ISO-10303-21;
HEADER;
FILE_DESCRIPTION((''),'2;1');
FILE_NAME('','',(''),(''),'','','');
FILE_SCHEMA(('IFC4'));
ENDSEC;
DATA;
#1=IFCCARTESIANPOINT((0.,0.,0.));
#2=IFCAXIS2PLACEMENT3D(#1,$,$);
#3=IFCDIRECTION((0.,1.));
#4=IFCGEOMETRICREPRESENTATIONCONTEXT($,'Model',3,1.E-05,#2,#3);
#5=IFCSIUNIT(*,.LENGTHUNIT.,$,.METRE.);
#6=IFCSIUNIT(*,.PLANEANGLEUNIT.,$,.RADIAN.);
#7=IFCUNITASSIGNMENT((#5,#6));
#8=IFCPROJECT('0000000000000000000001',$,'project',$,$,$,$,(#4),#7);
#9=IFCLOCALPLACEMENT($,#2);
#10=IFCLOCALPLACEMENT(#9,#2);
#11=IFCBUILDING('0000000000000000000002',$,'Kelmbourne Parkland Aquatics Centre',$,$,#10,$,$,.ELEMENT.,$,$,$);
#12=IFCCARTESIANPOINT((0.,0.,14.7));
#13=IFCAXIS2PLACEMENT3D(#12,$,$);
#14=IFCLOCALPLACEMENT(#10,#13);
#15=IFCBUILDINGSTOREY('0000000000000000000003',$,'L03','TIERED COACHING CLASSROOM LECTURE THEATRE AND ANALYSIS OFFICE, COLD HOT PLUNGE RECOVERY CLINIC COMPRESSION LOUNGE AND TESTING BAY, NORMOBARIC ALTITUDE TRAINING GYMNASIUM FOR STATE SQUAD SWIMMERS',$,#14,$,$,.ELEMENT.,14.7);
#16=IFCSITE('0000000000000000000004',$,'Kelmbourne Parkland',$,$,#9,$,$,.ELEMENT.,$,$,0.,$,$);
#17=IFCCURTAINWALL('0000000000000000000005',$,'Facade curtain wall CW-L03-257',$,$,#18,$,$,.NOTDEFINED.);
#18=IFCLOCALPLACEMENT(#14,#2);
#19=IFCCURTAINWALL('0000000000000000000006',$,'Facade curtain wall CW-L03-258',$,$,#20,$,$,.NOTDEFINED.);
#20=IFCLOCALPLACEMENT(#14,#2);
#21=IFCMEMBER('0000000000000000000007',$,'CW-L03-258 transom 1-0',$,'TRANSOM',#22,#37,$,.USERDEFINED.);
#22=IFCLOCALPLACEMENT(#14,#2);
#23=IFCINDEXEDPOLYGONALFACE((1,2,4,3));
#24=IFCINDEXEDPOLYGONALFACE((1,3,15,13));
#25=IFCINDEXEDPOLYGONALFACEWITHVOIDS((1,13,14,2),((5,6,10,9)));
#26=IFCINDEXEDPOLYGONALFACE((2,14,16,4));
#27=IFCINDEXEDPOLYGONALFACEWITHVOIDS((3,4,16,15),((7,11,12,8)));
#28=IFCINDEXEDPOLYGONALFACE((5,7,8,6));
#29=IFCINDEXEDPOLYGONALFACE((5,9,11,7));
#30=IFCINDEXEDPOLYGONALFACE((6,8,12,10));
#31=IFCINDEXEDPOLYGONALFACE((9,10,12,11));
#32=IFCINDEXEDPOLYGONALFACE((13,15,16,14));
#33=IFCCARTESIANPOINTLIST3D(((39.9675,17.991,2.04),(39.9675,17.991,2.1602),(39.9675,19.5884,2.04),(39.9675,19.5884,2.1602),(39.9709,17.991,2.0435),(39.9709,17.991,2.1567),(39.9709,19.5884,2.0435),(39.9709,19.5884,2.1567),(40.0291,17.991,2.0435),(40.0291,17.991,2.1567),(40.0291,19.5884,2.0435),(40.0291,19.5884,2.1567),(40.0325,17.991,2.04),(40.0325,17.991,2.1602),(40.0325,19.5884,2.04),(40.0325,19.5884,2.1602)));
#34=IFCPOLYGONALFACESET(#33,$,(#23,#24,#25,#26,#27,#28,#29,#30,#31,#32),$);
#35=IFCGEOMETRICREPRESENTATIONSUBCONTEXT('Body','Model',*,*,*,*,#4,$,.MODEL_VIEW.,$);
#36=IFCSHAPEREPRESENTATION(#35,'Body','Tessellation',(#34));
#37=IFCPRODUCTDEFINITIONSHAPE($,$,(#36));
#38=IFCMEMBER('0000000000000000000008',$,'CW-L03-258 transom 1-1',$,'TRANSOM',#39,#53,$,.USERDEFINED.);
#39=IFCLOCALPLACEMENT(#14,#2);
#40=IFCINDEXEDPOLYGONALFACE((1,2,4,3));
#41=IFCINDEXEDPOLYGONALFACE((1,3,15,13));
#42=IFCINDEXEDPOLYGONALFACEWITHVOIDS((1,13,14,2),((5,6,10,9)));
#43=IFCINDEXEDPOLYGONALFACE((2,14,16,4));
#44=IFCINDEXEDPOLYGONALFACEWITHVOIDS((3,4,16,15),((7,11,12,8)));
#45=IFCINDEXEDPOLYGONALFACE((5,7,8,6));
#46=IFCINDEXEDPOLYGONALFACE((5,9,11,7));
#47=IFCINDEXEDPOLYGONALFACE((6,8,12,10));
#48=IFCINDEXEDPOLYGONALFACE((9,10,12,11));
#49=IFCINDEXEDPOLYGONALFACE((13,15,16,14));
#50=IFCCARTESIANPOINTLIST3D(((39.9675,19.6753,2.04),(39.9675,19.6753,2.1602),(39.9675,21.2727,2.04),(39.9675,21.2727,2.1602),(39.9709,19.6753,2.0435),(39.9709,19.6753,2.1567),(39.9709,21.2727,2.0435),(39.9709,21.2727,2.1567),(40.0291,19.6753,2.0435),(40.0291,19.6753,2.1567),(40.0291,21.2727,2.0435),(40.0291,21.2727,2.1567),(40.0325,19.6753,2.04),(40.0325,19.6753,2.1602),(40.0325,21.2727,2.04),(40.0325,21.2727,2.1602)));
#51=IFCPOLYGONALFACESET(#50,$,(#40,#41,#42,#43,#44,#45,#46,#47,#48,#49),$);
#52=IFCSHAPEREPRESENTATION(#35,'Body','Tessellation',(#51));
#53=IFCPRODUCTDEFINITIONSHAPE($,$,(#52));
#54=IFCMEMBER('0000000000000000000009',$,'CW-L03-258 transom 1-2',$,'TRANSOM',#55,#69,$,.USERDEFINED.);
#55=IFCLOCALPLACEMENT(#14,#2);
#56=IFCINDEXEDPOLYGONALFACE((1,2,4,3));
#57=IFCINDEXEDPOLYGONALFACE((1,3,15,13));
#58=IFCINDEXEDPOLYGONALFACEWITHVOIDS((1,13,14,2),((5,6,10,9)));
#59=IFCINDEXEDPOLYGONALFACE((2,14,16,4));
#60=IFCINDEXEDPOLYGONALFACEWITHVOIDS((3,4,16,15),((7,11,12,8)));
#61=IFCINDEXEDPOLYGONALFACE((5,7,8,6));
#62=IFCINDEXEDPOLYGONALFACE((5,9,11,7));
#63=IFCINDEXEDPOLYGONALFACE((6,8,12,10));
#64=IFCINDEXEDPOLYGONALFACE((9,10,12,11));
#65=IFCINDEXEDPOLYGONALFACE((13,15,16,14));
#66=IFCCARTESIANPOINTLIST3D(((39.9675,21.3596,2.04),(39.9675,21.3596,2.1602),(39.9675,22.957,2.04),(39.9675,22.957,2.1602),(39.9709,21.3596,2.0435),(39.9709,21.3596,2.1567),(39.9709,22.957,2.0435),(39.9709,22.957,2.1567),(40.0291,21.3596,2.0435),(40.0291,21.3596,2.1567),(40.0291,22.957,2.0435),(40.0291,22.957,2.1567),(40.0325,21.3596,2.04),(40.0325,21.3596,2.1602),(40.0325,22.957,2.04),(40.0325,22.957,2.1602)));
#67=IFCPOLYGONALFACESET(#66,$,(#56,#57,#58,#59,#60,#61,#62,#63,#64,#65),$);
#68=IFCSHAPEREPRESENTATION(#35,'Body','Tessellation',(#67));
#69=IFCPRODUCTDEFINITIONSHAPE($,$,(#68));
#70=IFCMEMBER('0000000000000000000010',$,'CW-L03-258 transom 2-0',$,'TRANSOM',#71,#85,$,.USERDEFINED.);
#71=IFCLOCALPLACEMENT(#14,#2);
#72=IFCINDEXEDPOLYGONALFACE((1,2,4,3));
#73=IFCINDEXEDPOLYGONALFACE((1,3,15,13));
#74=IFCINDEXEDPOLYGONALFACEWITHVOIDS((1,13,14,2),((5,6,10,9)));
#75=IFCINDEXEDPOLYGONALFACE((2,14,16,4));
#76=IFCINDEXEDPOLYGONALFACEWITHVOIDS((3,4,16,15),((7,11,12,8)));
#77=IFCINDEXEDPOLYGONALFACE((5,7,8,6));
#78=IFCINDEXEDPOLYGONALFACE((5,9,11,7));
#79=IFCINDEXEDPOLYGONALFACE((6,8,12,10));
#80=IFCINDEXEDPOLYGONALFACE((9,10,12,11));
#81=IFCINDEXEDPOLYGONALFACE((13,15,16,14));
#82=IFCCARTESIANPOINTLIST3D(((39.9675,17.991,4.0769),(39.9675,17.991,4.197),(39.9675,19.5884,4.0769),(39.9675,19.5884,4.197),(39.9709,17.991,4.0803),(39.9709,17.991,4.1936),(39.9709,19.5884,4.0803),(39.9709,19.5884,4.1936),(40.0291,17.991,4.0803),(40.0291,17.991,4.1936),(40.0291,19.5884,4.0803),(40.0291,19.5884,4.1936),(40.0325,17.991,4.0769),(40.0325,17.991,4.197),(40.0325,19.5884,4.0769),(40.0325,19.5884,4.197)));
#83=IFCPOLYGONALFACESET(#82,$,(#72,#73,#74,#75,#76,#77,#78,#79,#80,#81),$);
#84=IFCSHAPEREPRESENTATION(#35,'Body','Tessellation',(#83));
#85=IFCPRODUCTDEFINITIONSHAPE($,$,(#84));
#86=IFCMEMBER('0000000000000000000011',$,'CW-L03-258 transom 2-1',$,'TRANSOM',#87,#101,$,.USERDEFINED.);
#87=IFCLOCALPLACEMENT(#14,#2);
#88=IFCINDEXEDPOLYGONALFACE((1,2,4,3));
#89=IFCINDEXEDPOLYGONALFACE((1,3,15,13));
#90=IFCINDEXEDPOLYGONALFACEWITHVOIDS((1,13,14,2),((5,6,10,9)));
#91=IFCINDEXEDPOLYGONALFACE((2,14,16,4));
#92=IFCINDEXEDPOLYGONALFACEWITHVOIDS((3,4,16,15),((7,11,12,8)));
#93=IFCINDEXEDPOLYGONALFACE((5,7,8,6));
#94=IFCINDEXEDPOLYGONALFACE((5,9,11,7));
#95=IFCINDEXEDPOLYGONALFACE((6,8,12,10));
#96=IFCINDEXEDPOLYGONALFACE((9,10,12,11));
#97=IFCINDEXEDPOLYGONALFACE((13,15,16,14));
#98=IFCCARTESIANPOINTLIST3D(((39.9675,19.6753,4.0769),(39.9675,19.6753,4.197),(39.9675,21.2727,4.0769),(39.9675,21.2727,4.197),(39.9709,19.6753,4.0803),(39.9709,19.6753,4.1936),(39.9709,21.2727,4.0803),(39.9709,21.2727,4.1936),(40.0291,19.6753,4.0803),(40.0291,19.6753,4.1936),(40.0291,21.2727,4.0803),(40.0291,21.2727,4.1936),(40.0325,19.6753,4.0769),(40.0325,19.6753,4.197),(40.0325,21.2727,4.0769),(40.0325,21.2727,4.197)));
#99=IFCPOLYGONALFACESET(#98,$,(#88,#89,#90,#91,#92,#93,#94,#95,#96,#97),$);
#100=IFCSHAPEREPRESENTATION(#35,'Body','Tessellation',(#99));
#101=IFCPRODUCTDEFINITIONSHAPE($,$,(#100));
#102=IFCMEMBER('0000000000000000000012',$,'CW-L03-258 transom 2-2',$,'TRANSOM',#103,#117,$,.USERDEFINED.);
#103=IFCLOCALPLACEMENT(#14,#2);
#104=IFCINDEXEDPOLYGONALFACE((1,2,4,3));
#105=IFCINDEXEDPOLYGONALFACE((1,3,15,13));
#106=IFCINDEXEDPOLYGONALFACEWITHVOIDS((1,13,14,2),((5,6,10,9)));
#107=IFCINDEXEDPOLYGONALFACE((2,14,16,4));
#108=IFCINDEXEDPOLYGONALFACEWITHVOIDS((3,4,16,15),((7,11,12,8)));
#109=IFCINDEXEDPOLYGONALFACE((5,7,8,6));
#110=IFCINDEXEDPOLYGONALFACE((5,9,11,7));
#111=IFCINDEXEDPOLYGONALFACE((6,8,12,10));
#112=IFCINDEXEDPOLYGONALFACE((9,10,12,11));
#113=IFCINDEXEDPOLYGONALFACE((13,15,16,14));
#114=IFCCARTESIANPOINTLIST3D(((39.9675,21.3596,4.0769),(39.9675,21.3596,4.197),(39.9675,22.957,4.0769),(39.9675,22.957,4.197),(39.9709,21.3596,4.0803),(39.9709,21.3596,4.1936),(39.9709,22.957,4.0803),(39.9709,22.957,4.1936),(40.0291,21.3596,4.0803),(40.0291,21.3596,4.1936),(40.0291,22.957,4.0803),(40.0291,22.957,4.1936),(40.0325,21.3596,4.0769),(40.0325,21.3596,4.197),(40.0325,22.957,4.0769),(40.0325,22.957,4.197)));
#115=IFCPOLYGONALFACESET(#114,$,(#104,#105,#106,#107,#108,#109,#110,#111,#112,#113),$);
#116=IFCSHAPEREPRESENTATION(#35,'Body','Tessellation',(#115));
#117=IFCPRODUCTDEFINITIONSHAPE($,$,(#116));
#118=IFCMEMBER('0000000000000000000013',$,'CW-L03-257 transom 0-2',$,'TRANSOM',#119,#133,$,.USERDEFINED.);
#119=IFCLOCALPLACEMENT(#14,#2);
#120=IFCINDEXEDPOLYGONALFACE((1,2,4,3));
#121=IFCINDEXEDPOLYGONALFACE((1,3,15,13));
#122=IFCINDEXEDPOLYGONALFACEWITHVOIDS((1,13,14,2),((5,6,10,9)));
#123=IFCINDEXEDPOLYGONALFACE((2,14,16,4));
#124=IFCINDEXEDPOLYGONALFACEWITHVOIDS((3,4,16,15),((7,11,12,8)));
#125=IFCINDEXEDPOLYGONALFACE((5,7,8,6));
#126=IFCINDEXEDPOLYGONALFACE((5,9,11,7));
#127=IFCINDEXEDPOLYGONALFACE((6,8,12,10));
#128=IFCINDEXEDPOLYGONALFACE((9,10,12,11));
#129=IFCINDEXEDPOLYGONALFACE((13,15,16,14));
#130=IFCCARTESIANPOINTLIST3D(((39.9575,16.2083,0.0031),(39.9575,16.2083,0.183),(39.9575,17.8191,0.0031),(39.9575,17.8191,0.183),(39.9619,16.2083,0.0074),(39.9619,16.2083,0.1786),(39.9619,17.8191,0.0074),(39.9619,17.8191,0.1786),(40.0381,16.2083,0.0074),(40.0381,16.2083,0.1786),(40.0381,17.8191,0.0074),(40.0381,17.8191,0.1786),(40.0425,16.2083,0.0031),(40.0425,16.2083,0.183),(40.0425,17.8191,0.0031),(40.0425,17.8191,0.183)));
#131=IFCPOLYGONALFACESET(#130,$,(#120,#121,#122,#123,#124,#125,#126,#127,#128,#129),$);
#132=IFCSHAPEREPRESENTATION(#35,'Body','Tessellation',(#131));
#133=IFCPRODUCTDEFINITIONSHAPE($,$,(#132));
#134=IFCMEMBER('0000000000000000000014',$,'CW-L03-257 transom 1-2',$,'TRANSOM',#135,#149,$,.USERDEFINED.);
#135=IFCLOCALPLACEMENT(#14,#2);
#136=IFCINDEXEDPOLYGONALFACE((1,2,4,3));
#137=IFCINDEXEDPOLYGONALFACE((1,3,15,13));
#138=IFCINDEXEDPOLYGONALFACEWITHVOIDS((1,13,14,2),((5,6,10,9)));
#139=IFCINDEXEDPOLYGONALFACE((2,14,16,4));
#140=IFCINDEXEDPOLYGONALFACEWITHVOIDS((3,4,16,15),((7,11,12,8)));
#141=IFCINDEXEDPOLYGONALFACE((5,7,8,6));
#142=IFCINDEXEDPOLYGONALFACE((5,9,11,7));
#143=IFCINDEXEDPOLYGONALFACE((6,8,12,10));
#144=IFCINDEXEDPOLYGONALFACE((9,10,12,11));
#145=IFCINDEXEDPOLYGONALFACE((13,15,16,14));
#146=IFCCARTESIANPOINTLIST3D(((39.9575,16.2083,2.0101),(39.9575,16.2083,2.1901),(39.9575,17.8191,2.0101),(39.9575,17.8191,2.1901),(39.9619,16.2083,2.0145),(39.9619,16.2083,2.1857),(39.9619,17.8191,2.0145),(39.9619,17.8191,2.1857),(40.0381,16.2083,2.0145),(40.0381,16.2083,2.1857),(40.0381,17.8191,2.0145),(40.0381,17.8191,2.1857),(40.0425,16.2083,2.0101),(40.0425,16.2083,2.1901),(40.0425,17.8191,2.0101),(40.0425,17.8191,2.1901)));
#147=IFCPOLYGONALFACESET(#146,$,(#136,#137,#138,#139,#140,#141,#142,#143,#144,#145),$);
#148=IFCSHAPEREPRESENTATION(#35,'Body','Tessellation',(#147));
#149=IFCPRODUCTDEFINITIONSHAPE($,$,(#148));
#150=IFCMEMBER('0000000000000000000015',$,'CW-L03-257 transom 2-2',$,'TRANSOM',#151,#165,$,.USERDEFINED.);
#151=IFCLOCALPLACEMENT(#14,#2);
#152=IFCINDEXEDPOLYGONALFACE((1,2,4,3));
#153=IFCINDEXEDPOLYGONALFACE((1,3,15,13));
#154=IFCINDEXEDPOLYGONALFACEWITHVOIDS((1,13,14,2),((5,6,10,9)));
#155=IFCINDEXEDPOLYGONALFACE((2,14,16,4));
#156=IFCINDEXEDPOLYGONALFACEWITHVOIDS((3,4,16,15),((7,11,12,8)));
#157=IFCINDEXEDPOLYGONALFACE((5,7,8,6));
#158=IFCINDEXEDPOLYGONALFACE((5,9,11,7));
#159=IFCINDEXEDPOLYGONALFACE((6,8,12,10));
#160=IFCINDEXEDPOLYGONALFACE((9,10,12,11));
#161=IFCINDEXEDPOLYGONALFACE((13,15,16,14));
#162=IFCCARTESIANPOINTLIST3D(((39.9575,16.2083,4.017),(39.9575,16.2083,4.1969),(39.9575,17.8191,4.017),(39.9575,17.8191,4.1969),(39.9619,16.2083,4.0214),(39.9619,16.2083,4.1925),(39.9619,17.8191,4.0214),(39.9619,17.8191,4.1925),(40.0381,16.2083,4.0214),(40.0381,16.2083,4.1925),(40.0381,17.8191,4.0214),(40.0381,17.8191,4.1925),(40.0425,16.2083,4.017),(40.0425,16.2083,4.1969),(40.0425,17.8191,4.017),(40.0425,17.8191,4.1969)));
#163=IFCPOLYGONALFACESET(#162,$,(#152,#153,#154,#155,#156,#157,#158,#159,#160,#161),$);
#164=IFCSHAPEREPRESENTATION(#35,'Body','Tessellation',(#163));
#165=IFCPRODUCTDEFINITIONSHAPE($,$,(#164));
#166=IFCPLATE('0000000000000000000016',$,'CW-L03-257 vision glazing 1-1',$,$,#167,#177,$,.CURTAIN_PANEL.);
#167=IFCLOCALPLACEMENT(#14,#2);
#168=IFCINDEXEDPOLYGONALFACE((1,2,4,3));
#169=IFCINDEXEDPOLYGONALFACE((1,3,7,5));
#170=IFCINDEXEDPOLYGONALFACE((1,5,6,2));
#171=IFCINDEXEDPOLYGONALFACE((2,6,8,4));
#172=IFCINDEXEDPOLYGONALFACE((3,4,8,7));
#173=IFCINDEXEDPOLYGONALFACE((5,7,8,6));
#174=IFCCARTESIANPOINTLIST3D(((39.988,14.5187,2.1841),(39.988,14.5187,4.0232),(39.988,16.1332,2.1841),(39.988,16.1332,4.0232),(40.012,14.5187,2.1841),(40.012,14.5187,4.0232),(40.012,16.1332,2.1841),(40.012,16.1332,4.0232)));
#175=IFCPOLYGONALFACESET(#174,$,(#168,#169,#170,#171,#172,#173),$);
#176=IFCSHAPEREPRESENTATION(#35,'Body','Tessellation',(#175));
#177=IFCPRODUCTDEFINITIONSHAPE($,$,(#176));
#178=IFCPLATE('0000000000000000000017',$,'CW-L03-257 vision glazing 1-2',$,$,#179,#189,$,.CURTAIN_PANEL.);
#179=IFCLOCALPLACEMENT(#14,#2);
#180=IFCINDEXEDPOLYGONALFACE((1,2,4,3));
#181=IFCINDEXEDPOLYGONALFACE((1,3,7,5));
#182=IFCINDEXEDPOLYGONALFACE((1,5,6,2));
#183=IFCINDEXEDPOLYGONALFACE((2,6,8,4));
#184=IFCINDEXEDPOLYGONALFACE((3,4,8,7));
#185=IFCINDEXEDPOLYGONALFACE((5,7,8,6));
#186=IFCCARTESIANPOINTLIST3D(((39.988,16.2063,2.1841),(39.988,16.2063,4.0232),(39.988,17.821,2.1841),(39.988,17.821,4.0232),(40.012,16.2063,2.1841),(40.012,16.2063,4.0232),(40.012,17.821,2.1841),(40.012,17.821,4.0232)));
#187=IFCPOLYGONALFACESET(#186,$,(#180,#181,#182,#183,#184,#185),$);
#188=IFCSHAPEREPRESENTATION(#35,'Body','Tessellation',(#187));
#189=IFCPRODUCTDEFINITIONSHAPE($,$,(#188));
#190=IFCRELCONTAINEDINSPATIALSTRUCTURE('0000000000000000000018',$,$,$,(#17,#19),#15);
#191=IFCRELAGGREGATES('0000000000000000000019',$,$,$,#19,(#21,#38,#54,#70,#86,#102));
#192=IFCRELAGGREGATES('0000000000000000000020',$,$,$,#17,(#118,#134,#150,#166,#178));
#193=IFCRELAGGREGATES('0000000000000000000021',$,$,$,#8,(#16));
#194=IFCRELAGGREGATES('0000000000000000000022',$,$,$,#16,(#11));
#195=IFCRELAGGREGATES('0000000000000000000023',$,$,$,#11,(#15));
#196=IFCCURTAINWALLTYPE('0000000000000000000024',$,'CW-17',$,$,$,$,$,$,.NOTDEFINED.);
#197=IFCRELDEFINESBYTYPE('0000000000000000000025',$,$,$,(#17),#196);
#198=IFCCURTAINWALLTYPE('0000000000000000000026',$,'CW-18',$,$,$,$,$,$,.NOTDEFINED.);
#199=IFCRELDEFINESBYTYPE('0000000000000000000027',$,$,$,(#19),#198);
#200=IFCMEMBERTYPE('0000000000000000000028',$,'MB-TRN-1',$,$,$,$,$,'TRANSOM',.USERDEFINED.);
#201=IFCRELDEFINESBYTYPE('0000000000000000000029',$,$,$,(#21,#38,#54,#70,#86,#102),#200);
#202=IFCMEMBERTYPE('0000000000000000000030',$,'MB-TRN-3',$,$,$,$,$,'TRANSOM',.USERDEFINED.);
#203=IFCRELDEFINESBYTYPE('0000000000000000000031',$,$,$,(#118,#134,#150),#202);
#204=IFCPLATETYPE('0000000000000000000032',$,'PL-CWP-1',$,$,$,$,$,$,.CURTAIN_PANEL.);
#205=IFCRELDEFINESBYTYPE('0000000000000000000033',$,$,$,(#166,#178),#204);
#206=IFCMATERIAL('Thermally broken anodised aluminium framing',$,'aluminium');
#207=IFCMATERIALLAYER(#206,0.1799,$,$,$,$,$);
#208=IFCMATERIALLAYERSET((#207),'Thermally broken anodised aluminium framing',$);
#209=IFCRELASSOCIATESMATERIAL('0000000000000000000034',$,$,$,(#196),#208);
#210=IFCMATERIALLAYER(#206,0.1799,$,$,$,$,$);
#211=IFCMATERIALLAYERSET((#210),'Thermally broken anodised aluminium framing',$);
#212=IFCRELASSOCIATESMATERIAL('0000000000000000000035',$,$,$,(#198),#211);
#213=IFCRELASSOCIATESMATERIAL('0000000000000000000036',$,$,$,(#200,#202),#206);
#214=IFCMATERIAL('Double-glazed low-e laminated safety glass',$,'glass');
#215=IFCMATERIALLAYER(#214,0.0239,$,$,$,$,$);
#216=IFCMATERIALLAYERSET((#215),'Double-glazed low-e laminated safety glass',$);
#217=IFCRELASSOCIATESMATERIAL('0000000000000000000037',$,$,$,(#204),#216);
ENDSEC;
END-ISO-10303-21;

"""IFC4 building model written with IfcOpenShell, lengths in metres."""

from ifc_helpers import new_model, si_unit, direction, frame, origin, origin_2d, place, context, subcontext, project, spatial, rectangle, hollow_rectangle, extrude, material, layer, layer_set, material_profile, profile_set, type_object, element, aggregate, save


model = new_model("IFC4")

# Units and contexts
model_context = context("Model", 3, precision=1e-05, world=origin(), true_north=direction((0.0, 1.0)))
body_context = subcontext(model_context, "Body", "Model", "MODEL_VIEW")
ifc_project = project(units=[si_unit("LENGTHUNIT", "METRE"), si_unit("PLANEANGLEUNIT", "RADIAN")], contexts=[model_context])

# Site, building, storey
site_placement = place(None, origin())
site = spatial("IfcSite", under=ifc_project, at=site_placement, Name="Kelmbourne Parkland", CompositionType="ELEMENT", RefElevation=0.0)
building_placement = place(site_placement, origin())
building = spatial("IfcBuilding", under=site, at=building_placement, Name="Kelmbourne Parkland Aquatics Centre", CompositionType="ELEMENT")
storey_placement = place(building_placement, frame((0.0, 0.0, 14.7)))
storey = spatial("IfcBuildingStorey", under=building, at=storey_placement, Name="L03", Description="TIERED COACHING CLASSROOM LECTURE THEATRE AND ANALYSIS OFFICE, COLD HOT PLUNGE RECOVERY CLINIC COMPRESSION LOUNGE AND TESTING BAY, NORMOBARIC ALTITUDE TRAINING GYMNASIUM FOR STATE SQUAD SWIMMERS", CompositionType="ELEMENT", Elevation=14.7)

# Curtain walls, members
ifc_material_1 = material(Name="Thermally broken anodised aluminium framing", Category="aluminium")
ifc_layer_1 = layer(ifc_material_1, 0.1799)
ifc_layer_set_1 = layer_set([ifc_layer_1], Name="Thermally broken anodised aluminium framing")
curtain_wall_type_1 = type_object("IfcCurtainWallType", Name="CW-17", PredefinedType="NOTDEFINED", material=ifc_layer_set_1)
curtain_wall_1_placement = place(storey_placement, origin())
curtain_wall_1 = element("IfcCurtainWall", 1, at=curtain_wall_1_placement, inside=storey, type_object=curtain_wall_type_1, Name="Facade curtain wall CW-L03-257", PredefinedType="NOTDEFINED")
ifc_layer_2 = layer(ifc_material_1, 0.1799)
ifc_layer_set_2 = layer_set([ifc_layer_2], Name="Thermally broken anodised aluminium framing")
curtain_wall_type_2 = type_object("IfcCurtainWallType", Name="CW-18", PredefinedType="NOTDEFINED", material=ifc_layer_set_2)
curtain_wall_2_placement = place(storey_placement, origin())
curtain_wall_2 = element("IfcCurtainWall", 2, at=curtain_wall_2_placement, inside=storey, type_object=curtain_wall_type_2, Name="Facade curtain wall CW-L03-258", PredefinedType="NOTDEFINED")
ifc_material_profile_1 = material_profile(ifc_material_1, hollow_rectangle(XDim=0.0649, YDim=0.1201, WallThickness=0.0034, at=origin_2d()), Name="CW-T 65x120")
ifc_profile_set_1 = profile_set([ifc_material_profile_1], Name="Thermally broken anodised aluminium framing")
member_type_1 = type_object("IfcMemberType", Name="MB-TRN-1", ElementType="TRANSOM", PredefinedType="USERDEFINED", material=ifc_profile_set_1)
member_1_placement = place(storey_placement, frame((40.0, 17.991, 2.1001), z_axis=(0.0, 1.0, 0.0), x_axis=(-1.0, 0.0, 0.0)))
member_1 = element("IfcMember", 3, at=member_1_placement, type_object=member_type_1, Name="CW-L03-258 transom 1-0", ObjectType="TRANSOM", PredefinedType="USERDEFINED", context=body_context, shape_type="SweptSolid", body=[
    extrude(hollow_rectangle(XDim=0.0649, YDim=0.1201, WallThickness=0.0034, at=origin_2d()), origin(), (0.0, 0.0, 1.0), 1.5974),
])
member_2_placement = place(storey_placement, frame((40.0, 19.6753, 2.1001), z_axis=(0.0, 1.0, 0.0), x_axis=(-1.0, 0.0, 0.0)))
member_2 = element("IfcMember", 4, at=member_2_placement, type_object=member_type_1, Name="CW-L03-258 transom 1-1", ObjectType="TRANSOM", PredefinedType="USERDEFINED", context=body_context, shape_type="SweptSolid", body=[
    extrude(hollow_rectangle(XDim=0.0649, YDim=0.1201, WallThickness=0.0034, at=origin_2d()), origin(), (0.0, 0.0, 1.0), 1.5974),
])
member_3_placement = place(storey_placement, frame((40.0, 21.3596, 2.1001), z_axis=(0.0, 1.0, 0.0), x_axis=(-1.0, 0.0, 0.0)))
member_3 = element("IfcMember", 5, at=member_3_placement, type_object=member_type_1, Name="CW-L03-258 transom 1-2", ObjectType="TRANSOM", PredefinedType="USERDEFINED", context=body_context, shape_type="SweptSolid", body=[
    extrude(hollow_rectangle(XDim=0.0649, YDim=0.1201, WallThickness=0.0034, at=origin_2d()), origin(), (0.0, 0.0, 1.0), 1.5974),
])
member_4_placement = place(storey_placement, frame((40.0, 17.991, 4.137), z_axis=(0.0, 1.0, 0.0), x_axis=(-1.0, 0.0, 0.0)))
member_4 = element("IfcMember", 6, at=member_4_placement, type_object=member_type_1, Name="CW-L03-258 transom 2-0", ObjectType="TRANSOM", PredefinedType="USERDEFINED", context=body_context, shape_type="SweptSolid", body=[
    extrude(hollow_rectangle(XDim=0.0649, YDim=0.1201, WallThickness=0.0034, at=origin_2d()), origin(), (0.0, 0.0, 1.0), 1.5974),
])
member_5_placement = place(storey_placement, frame((40.0, 19.6753, 4.137), z_axis=(0.0, 1.0, 0.0), x_axis=(-1.0, 0.0, 0.0)))
member_5 = element("IfcMember", 7, at=member_5_placement, type_object=member_type_1, Name="CW-L03-258 transom 2-1", ObjectType="TRANSOM", PredefinedType="USERDEFINED", context=body_context, shape_type="SweptSolid", body=[
    extrude(hollow_rectangle(XDim=0.0649, YDim=0.1201, WallThickness=0.0034, at=origin_2d()), origin(), (0.0, 0.0, 1.0), 1.5974),
])
member_6_placement = place(storey_placement, frame((40.0, 21.3596, 4.137), z_axis=(0.0, 1.0, 0.0), x_axis=(-1.0, 0.0, 0.0)))
member_6 = element("IfcMember", 8, at=member_6_placement, type_object=member_type_1, Name="CW-L03-258 transom 2-2", ObjectType="TRANSOM", PredefinedType="USERDEFINED", context=body_context, shape_type="SweptSolid", body=[
    extrude(hollow_rectangle(XDim=0.0649, YDim=0.1201, WallThickness=0.0034, at=origin_2d()), origin(), (0.0, 0.0, 1.0), 1.5974),
])

# Members
ifc_material_profile_2 = material_profile(ifc_material_1, hollow_rectangle(XDim=0.085, YDim=0.1799, WallThickness=0.0044, at=origin_2d()), Name="CW-T 85x180")
ifc_profile_set_2 = profile_set([ifc_material_profile_2], Name="Thermally broken anodised aluminium framing")
member_type_2 = type_object("IfcMemberType", Name="MB-TRN-3", ElementType="TRANSOM", PredefinedType="USERDEFINED", material=ifc_profile_set_2)
member_7_placement = place(storey_placement, frame((40.0, 16.2083, 0.093), z_axis=(0.0, 1.0, 0.0), x_axis=(-1.0, 0.0, 0.0)))
member_7 = element("IfcMember", 9, at=member_7_placement, type_object=member_type_2, Name="CW-L03-257 transom 0-2", ObjectType="TRANSOM", PredefinedType="USERDEFINED", context=body_context, shape_type="SweptSolid", body=[
    extrude(hollow_rectangle(XDim=0.085, YDim=0.1799, WallThickness=0.0044, at=origin_2d()), origin(), (0.0, 0.0, 1.0), 1.6108),
])
member_8_placement = place(storey_placement, frame((40.0, 16.2083, 2.1001), z_axis=(0.0, 1.0, 0.0), x_axis=(-1.0, 0.0, 0.0)))
member_8 = element("IfcMember", 10, at=member_8_placement, type_object=member_type_2, Name="CW-L03-257 transom 1-2", ObjectType="TRANSOM", PredefinedType="USERDEFINED", context=body_context, shape_type="SweptSolid", body=[
    extrude(hollow_rectangle(XDim=0.085, YDim=0.1799, WallThickness=0.0044, at=origin_2d()), origin(), (0.0, 0.0, 1.0), 1.6108),
])
member_9_placement = place(storey_placement, frame((40.0, 16.2083, 4.1069), z_axis=(0.0, 1.0, 0.0), x_axis=(-1.0, 0.0, 0.0)))
member_9 = element("IfcMember", 11, at=member_9_placement, type_object=member_type_2, Name="CW-L03-257 transom 2-2", ObjectType="TRANSOM", PredefinedType="USERDEFINED", context=body_context, shape_type="SweptSolid", body=[
    extrude(hollow_rectangle(XDim=0.085, YDim=0.1799, WallThickness=0.0044, at=origin_2d()), origin(), (0.0, 0.0, 1.0), 1.6108),
])

# Plates
ifc_material_2 = material(Name="Double-glazed low-e laminated safety glass", Category="glass")
ifc_layer_3 = layer(ifc_material_2, 0.0239)
ifc_layer_set_3 = layer_set([ifc_layer_3], Name="Double-glazed low-e laminated safety glass")
plate_type_1 = type_object("IfcPlateType", Name="PL-CWP-1", PredefinedType="CURTAIN_PANEL", material=ifc_layer_set_3)
plate_1_placement = place(storey_placement, frame((40.0, 15.3259, 2.1841), z_axis=(0.0, 0.0, 1.0), x_axis=(0.0, 1.0, 0.0)))
plate_1 = element("IfcPlate", 12, at=plate_1_placement, type_object=plate_type_1, Name="CW-L03-257 vision glazing 1-1", PredefinedType="CURTAIN_PANEL", context=body_context, shape_type="SweptSolid", body=[
    extrude(rectangle(XDim=1.6145, YDim=0.0239, at=origin_2d()), origin(), (0.0, 0.0, 1.0), 1.8391),
])
plate_2_placement = place(storey_placement, frame((40.0, 17.0137, 2.1841), z_axis=(0.0, 0.0, 1.0), x_axis=(0.0, 1.0, 0.0)))
plate_2 = element("IfcPlate", 13, at=plate_2_placement, type_object=plate_type_1, Name="CW-L03-257 vision glazing 1-2", PredefinedType="CURTAIN_PANEL", context=body_context, shape_type="SweptSolid", body=[
    extrude(rectangle(XDim=1.6147, YDim=0.0239, at=origin_2d()), origin(), (0.0, 0.0, 1.0), 1.8391),
])
aggregate(curtain_wall_2, [member_1, member_2, member_3, member_4, member_5, member_6])
aggregate(curtain_wall_1, [member_7, member_8, member_9, plate_1, plate_2])

save(model, "model.ifc")
